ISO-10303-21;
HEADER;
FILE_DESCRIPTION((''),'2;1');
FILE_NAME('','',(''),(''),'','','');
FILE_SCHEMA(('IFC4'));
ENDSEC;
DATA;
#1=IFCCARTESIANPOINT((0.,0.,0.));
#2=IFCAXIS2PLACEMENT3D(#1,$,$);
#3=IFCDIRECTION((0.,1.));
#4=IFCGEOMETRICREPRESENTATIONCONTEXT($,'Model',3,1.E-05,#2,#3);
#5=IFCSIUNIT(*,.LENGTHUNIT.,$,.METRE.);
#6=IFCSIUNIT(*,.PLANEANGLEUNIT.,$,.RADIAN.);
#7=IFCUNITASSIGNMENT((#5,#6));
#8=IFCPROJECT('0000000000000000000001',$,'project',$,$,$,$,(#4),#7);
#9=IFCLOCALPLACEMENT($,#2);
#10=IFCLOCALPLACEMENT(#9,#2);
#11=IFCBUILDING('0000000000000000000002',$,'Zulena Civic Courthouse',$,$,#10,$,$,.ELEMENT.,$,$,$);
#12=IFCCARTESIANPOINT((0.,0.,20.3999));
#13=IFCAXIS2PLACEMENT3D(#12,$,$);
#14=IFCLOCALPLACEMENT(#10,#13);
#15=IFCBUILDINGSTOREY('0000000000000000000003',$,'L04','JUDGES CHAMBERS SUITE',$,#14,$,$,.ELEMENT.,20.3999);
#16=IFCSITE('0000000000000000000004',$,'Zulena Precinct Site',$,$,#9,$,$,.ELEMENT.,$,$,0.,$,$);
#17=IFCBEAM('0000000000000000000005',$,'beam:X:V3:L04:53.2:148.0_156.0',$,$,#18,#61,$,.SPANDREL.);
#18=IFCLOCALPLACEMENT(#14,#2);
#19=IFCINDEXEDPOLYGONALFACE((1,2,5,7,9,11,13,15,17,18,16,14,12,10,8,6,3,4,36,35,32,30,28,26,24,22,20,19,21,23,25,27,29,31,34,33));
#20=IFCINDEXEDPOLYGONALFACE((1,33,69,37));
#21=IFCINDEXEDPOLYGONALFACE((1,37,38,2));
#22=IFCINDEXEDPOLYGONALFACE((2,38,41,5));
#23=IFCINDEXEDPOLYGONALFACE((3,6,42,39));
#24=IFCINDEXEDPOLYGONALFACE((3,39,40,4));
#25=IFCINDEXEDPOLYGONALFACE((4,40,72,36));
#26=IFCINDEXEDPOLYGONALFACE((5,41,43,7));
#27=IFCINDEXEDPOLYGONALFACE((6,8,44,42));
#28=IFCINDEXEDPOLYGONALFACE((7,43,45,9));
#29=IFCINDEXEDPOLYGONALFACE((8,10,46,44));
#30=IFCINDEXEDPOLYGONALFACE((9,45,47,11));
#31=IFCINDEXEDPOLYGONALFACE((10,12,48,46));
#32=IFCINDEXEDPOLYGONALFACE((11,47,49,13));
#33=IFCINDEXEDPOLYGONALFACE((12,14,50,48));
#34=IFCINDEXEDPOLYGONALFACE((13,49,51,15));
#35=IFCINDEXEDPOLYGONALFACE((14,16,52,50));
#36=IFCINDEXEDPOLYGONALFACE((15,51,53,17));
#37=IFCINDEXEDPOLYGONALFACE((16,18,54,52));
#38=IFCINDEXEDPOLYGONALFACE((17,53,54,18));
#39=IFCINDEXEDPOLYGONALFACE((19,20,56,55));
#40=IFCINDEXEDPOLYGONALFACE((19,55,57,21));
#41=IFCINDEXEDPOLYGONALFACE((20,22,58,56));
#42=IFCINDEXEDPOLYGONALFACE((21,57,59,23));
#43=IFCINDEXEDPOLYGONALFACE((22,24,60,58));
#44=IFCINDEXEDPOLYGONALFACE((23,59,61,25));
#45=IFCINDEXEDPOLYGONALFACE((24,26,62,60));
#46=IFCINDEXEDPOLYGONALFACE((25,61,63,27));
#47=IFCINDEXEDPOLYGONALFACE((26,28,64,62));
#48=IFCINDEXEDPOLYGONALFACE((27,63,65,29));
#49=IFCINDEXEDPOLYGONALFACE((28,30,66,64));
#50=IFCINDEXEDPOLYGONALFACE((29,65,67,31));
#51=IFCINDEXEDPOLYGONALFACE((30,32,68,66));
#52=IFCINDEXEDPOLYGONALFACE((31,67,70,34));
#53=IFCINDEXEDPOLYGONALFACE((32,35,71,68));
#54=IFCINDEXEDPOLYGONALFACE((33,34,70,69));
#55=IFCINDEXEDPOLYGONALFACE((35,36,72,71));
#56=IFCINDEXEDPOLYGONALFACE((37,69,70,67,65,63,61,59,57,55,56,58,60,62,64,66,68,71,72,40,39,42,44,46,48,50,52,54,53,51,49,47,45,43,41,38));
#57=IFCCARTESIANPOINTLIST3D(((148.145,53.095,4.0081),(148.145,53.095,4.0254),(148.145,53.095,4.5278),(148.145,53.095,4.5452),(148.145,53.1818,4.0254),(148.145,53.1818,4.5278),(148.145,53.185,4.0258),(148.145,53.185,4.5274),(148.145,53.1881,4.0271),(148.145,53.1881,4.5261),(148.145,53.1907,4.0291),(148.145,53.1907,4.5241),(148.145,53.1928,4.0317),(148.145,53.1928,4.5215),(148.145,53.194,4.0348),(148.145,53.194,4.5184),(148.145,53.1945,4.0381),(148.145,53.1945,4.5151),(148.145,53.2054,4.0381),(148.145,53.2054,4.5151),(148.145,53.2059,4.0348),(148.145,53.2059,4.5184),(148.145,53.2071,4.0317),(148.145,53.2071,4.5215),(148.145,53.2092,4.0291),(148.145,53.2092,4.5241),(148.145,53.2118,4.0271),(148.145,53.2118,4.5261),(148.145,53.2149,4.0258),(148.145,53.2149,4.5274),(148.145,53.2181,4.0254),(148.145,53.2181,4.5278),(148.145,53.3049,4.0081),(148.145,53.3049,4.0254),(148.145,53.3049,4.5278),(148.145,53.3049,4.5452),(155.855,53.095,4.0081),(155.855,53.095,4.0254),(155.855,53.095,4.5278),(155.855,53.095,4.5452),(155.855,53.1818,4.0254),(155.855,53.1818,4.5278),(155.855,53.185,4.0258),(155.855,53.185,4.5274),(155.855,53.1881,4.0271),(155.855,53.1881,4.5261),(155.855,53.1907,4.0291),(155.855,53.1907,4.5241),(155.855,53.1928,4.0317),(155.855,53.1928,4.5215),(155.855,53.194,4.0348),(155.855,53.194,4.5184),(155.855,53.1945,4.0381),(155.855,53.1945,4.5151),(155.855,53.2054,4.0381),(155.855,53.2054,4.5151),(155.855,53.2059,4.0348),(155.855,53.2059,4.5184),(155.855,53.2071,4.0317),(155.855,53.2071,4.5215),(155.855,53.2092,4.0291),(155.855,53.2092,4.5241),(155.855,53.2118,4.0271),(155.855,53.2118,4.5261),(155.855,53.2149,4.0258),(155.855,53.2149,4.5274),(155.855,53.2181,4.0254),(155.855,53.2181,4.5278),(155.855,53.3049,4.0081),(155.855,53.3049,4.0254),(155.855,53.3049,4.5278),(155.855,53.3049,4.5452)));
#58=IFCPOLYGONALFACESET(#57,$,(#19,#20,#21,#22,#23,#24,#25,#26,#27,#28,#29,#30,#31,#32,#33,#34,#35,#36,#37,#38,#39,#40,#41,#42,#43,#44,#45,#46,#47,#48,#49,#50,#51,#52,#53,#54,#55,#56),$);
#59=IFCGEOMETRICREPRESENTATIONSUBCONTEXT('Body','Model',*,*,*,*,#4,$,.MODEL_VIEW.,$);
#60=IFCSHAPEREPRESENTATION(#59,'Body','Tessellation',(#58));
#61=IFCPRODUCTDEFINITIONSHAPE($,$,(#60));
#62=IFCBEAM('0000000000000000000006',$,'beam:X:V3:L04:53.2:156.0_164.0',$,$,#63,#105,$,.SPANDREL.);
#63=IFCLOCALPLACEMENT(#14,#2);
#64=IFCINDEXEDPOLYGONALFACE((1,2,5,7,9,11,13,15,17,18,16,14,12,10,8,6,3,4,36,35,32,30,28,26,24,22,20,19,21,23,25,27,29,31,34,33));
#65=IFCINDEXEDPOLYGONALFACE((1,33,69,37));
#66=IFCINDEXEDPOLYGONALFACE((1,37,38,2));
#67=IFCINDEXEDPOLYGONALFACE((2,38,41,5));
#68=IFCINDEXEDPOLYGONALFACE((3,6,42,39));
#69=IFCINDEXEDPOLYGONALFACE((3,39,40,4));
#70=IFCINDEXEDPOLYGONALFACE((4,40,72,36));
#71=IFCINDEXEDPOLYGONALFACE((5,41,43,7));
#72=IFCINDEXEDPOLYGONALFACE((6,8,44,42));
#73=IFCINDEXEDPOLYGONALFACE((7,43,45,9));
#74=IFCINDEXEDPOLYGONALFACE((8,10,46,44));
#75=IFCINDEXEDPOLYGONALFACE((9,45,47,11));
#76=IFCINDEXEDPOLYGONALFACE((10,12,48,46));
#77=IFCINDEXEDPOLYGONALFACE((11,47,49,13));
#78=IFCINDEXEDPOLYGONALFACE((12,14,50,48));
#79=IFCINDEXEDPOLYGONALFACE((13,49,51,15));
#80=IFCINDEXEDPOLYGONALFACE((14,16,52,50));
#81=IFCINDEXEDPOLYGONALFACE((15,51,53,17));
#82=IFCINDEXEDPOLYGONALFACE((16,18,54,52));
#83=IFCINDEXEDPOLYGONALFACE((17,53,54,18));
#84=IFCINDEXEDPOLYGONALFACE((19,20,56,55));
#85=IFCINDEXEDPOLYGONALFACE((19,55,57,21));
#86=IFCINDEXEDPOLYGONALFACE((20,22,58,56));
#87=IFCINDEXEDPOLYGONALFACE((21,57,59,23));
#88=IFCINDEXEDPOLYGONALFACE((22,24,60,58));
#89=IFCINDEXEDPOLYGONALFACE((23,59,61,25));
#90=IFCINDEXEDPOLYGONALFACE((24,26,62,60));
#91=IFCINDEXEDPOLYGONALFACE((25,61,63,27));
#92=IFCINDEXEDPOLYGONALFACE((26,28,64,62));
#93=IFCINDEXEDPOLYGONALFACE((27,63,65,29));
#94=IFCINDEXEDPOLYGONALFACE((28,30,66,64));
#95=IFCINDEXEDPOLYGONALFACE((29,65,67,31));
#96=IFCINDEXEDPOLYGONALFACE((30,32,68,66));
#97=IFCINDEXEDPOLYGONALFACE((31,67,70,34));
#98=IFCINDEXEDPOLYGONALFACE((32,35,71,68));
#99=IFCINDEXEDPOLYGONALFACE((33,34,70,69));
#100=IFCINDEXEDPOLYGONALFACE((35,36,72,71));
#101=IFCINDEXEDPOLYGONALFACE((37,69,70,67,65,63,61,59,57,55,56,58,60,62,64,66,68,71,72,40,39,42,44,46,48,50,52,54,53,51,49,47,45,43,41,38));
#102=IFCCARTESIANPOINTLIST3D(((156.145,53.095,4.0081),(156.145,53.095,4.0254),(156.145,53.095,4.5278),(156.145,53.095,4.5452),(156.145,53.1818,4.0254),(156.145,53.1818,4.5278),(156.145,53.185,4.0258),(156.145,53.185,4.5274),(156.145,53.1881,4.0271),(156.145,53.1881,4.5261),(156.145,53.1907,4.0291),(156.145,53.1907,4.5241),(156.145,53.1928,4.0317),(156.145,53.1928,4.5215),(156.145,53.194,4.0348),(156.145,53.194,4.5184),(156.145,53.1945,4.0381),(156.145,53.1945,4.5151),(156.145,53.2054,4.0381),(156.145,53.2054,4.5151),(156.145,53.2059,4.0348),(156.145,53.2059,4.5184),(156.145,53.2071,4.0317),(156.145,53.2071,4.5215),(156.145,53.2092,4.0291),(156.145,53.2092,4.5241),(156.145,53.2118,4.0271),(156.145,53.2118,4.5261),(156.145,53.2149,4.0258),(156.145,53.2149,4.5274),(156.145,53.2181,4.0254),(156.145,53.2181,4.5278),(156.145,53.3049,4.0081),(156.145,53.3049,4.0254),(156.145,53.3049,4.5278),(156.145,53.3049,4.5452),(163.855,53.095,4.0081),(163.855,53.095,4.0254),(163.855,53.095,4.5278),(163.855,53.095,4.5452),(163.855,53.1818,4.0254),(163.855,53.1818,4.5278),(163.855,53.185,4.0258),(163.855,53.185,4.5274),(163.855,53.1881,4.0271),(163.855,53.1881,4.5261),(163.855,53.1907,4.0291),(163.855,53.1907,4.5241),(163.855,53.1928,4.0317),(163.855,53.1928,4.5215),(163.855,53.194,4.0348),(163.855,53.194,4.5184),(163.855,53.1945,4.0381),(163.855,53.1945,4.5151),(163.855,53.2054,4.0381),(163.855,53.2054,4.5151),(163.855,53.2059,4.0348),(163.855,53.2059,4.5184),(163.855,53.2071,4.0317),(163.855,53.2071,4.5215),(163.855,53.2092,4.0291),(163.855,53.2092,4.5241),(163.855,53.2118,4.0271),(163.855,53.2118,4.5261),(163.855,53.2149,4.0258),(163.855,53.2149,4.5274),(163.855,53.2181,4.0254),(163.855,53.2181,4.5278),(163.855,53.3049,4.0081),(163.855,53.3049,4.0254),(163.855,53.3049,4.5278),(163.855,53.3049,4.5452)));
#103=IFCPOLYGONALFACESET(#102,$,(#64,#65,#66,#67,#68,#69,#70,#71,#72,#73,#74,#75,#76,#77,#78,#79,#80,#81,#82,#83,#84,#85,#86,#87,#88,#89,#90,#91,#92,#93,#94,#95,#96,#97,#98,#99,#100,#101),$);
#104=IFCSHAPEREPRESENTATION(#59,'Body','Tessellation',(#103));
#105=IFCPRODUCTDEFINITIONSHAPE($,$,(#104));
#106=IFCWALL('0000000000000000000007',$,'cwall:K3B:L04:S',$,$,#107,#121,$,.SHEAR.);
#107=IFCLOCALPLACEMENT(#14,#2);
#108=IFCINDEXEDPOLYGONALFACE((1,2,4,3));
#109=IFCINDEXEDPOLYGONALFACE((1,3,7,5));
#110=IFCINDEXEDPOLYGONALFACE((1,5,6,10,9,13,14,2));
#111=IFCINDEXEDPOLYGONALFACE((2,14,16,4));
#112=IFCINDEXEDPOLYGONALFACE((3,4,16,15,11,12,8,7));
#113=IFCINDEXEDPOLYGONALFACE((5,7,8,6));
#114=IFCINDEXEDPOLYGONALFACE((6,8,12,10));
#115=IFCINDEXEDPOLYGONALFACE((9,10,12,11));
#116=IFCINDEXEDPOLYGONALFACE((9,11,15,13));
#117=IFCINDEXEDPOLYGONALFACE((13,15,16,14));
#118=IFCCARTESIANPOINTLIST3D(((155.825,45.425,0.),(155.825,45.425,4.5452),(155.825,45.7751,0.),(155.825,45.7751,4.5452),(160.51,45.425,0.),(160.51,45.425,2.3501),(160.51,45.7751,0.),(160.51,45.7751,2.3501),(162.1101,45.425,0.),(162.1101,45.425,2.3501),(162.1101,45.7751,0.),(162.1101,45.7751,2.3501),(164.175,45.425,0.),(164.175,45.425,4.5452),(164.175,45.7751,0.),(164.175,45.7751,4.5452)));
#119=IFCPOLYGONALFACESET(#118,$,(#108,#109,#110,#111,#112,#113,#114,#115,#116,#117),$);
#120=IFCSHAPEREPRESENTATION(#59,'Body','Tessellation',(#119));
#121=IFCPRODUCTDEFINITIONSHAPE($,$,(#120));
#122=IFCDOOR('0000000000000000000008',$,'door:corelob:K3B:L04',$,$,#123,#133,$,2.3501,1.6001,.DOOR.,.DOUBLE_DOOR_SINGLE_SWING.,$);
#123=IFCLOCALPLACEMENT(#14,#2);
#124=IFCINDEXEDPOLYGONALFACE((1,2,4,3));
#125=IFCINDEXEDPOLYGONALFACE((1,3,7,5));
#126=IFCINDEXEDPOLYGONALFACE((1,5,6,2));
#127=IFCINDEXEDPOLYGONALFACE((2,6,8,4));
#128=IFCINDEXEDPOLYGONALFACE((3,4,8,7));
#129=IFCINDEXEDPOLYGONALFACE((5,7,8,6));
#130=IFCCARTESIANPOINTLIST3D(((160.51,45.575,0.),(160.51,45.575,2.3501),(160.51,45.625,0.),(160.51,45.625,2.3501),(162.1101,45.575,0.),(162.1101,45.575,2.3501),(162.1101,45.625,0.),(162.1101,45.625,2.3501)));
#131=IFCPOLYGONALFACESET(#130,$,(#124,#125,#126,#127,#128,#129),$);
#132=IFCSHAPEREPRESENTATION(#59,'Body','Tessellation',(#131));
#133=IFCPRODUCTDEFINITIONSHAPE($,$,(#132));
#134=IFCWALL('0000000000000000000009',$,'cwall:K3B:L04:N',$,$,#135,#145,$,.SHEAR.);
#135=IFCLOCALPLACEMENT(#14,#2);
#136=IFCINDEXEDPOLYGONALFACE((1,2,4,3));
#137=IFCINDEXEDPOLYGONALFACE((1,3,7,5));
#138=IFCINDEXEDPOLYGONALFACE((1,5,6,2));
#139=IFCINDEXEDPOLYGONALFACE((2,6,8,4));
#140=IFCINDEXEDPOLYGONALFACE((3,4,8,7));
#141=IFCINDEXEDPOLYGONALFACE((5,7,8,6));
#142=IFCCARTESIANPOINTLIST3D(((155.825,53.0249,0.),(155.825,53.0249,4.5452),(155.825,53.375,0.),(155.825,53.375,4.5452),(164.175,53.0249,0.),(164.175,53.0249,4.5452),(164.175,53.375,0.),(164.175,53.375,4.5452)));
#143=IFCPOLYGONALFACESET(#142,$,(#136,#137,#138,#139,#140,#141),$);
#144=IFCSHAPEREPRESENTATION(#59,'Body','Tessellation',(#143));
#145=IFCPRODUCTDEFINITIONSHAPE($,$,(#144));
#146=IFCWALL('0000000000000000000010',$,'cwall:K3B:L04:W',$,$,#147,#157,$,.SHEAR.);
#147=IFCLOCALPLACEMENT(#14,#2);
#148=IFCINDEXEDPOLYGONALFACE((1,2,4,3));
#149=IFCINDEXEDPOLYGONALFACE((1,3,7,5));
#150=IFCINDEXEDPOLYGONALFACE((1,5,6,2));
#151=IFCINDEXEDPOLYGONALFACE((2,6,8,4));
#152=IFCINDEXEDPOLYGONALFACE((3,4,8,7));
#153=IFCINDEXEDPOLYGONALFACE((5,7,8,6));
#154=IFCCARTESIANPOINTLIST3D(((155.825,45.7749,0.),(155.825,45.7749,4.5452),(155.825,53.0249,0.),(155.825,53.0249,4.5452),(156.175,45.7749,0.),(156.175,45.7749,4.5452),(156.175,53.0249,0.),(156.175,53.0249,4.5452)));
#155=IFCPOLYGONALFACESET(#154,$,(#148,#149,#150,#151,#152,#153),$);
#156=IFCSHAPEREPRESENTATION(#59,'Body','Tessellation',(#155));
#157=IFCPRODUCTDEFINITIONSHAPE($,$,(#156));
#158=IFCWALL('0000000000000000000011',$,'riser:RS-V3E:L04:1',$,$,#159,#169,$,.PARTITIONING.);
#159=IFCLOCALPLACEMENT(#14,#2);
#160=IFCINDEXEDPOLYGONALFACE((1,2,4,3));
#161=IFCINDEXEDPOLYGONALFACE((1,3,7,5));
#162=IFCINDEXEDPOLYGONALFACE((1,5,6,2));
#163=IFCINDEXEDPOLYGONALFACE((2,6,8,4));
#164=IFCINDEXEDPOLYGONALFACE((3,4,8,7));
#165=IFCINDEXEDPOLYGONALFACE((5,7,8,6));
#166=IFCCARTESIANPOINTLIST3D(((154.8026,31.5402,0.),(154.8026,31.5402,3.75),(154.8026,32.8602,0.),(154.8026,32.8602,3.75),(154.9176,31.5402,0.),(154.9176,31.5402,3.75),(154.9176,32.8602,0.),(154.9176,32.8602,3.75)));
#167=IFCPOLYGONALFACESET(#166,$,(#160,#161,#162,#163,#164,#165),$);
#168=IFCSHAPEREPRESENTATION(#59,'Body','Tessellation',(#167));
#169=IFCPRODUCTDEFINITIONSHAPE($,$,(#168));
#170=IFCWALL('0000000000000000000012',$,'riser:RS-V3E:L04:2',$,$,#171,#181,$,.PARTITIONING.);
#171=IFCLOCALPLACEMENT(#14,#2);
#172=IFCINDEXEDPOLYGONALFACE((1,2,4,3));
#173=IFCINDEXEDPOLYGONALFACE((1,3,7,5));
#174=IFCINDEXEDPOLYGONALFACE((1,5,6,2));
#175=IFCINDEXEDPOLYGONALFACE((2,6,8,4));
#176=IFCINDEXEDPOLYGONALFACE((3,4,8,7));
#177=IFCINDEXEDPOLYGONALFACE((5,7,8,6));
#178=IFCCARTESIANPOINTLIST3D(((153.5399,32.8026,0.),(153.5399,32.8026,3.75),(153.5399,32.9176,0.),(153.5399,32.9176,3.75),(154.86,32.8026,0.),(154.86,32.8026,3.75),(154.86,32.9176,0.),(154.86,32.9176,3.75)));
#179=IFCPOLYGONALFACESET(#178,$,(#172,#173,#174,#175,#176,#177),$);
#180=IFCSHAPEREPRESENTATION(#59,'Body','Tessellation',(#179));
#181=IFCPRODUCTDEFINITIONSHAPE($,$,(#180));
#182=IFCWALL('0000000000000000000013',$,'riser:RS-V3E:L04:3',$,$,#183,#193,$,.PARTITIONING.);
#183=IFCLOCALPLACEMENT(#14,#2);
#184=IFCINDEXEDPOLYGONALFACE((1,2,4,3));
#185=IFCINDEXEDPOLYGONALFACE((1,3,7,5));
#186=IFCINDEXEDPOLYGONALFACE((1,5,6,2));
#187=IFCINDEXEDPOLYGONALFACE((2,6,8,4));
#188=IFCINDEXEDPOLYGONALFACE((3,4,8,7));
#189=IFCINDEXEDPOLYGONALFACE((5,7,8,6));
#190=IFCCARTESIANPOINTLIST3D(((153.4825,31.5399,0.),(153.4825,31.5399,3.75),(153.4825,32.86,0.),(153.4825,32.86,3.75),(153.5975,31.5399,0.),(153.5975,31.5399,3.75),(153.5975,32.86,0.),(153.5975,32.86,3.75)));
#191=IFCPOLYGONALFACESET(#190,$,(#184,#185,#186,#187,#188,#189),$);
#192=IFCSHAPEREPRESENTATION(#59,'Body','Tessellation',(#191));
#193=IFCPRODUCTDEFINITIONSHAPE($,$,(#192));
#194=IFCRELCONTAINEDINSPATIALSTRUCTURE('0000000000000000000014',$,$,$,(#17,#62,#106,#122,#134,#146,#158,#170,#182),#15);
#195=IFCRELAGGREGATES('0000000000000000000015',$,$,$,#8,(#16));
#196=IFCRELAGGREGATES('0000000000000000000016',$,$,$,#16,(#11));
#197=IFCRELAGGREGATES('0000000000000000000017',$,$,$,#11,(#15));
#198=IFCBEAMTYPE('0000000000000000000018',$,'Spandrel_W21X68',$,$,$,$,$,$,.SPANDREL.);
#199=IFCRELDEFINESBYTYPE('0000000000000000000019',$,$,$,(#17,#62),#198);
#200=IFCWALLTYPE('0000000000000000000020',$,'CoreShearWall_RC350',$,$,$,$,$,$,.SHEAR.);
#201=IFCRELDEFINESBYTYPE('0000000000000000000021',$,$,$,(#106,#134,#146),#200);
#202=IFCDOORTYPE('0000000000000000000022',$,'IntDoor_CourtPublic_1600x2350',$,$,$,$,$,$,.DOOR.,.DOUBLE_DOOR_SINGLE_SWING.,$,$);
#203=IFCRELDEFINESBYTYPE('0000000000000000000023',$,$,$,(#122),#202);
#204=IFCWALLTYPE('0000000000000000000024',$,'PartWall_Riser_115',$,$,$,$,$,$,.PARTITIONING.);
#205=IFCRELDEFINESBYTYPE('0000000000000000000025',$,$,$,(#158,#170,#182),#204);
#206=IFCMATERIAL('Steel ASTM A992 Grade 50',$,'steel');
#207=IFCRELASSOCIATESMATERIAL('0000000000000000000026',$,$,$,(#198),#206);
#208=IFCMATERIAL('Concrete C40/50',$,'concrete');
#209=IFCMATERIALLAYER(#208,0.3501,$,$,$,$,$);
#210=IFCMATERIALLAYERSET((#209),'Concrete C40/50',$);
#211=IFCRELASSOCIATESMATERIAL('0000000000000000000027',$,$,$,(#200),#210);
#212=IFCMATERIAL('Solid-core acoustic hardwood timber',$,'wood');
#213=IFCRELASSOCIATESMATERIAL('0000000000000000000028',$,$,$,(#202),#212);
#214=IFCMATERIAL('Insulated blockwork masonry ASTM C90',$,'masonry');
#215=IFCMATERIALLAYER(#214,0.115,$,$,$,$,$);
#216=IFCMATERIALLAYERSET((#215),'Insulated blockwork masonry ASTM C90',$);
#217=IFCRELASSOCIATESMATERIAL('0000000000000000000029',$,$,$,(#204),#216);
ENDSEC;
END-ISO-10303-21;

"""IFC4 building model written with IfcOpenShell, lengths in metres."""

from ifc_helpers import new_model, si_unit, direction, frame, frame_2d, origin, origin_2d, place, context, subcontext, project, spatial, rectangle, i_section, extrude, material, layer, layer_set, material_profile, profile_set, type_object, element, fill, save


model = new_model("IFC4")

# Units and contexts
model_context = context("Model", 3, precision=1e-05, world=origin(), true_north=direction((0.0, 1.0)))
body_context = subcontext(model_context, "Body", "Model", "MODEL_VIEW")
ifc_project = project(units=[si_unit("LENGTHUNIT", "METRE"), si_unit("PLANEANGLEUNIT", "RADIAN")], contexts=[model_context])

# Site, building, storey
site_placement = place(None, origin())
site = spatial("IfcSite", under=ifc_project, at=site_placement, Name="Zulena Precinct Site", CompositionType="ELEMENT", RefElevation=0.0)
building_placement = place(site_placement, origin())
building = spatial("IfcBuilding", under=site, at=building_placement, Name="Zulena Civic Courthouse", CompositionType="ELEMENT")
storey_placement = place(building_placement, frame((0.0, 0.0, 20.3999)))
storey = spatial("IfcBuildingStorey", under=building, at=storey_placement, Name="L04", Description="JUDGES CHAMBERS SUITE", CompositionType="ELEMENT", Elevation=20.3999)

# Shared definitions
ifc_material_1 = material(Name="Steel ASTM A992 Grade 50", Category="steel")

# Beams
ifc_material_profile_1 = material_profile(ifc_material_1, i_section(OverallWidth=0.21, OverallDepth=0.5371, WebThickness=0.011, FlangeThickness=0.0173, FilletRadius=0.0127, at=origin_2d()), Name="W21X68")
ifc_profile_set_1 = profile_set([ifc_material_profile_1], Name="Steel ASTM A992 Grade 50")
beam_type_1 = type_object("IfcBeamType", Name="Spandrel_W21X68", PredefinedType="SPANDREL", material=ifc_profile_set_1)
for number, where, z_axis, x_axis, name in (
    (1, (148.145, 53.2, 4.2766), (1.0, 0.0, 0.0), (0.0, 1.0, 0.0), "beam:X:V3:L04:53.2:148.0_156.0"),
    (2, (156.145, 53.2, 4.2766), (1.0, 0.0, 0.0), (0.0, 1.0, 0.0), "beam:X:V3:L04:53.2:156.0_164.0"),
):
    element("IfcBeam", number, at=place(storey_placement, frame(where, z_axis=z_axis, x_axis=x_axis)), inside=storey, type_object=beam_type_1, Name=name, PredefinedType="SPANDREL", context=body_context, shape_type="SweptSolid", body=[
        extrude(i_section(OverallWidth=0.21, OverallDepth=0.5371, WebThickness=0.011, FlangeThickness=0.0173, FilletRadius=0.0127, at=origin_2d()), origin(), (0.0, 0.0, 1.0), 7.71),
    ])

# Wall, opening, door
ifc_material_2 = material(Name="Concrete C40/50", Category="concrete")
ifc_layer_1 = layer(ifc_material_2, 0.3501)
ifc_layer_set_1 = layer_set([ifc_layer_1], Name="Concrete C40/50")
wall_type_1 = type_object("IfcWallType", Name="CoreShearWall_RC350", PredefinedType="SHEAR", material=ifc_layer_set_1)
wall_1_placement = place(storey_placement, frame((155.825, 45.6001, 0.0), z_axis=(0.0, 0.0, 1.0), x_axis=(1.0, 0.0, 0.0)))
wall_1 = element("IfcWall", 3, at=wall_1_placement, inside=storey, type_object=wall_type_1, Name="cwall:K3B:L04:S", PredefinedType="SHEAR", context=body_context, shape_type="SweptSolid", body=[
    extrude(rectangle(XDim=8.3501, YDim=0.3501, at=frame_2d((4.175, 0.0))), origin(), (0.0, 0.0, 1.0), 4.5452),
])
opening_placement = place(wall_1_placement, frame((4.6851, 0.0, 0.0)))
opening = element("IfcOpeningElement", 4, at=opening_placement, cuts=wall_1, PredefinedType="OPENING", context=body_context, shape_type="SweptSolid", body=[
    extrude(rectangle(XDim=1.6001, YDim=2.3501, at=frame_2d((0.8, 1.175))), frame((0.0, 0.1851, 0.0), z_axis=(0.0, -1.0, 0.0), x_axis=(1.0, 0.0, 0.0)), (0.0, 0.0, 1.0), 0.3701),
])
ifc_material_3 = material(Name="Solid-core acoustic hardwood timber", Category="wood")
door_type = type_object("IfcDoorType", Name="IntDoor_CourtPublic_1600x2350", OperationType="DOUBLE_DOOR_SINGLE_SWING", PredefinedType="DOOR", material=ifc_material_3)
door_placement = place(opening_placement, origin())
door = element("IfcDoor", 5, at=door_placement, inside=storey, type_object=door_type, Name="door:corelob:K3B:L04", OperationType="DOUBLE_DOOR_SINGLE_SWING", OverallHeight=2.3501, OverallWidth=1.6001, PredefinedType="DOOR", context=body_context, shape_type="SweptSolid", body=[
    extrude(rectangle(XDim=1.6001, YDim=2.3501, at=frame_2d((0.8, 1.175))), frame((0.0, 0.0249, 0.0), z_axis=(0.0, -1.0, 0.0), x_axis=(1.0, 0.0, 0.0)), (0.0, 0.0, 1.0), 0.05),
])
fill(opening, door)

# Walls
wall_2_placement = place(storey_placement, frame((155.825, 53.2, 0.0), z_axis=(0.0, 0.0, 1.0), x_axis=(1.0, 0.0, 0.0)))
element("IfcWall", 6, at=wall_2_placement, inside=storey, type_object=wall_type_1, Name="cwall:K3B:L04:N", PredefinedType="SHEAR", context=body_context, shape_type="SweptSolid", body=[
    extrude(rectangle(XDim=8.3501, YDim=0.3501, at=frame_2d((4.175, 0.0))), origin(), (0.0, 0.0, 1.0), 4.5452),
])
wall_3_placement = place(storey_placement, frame((156.0, 45.7749, 0.0), z_axis=(0.0, 0.0, 1.0), x_axis=(0.0, 1.0, 0.0)))
element("IfcWall", 7, at=wall_3_placement, inside=storey, type_object=wall_type_1, Name="cwall:K3B:L04:W", PredefinedType="SHEAR", context=body_context, shape_type="SweptSolid", body=[
    extrude(rectangle(XDim=7.25, YDim=0.3501, at=frame_2d((3.625, 0.0))), origin(), (0.0, 0.0, 1.0), 4.5452),
])
ifc_material_4 = material(Name="Insulated blockwork masonry ASTM C90", Category="masonry")
ifc_layer_2 = layer(ifc_material_4, 0.115)
ifc_layer_set_2 = layer_set([ifc_layer_2], Name="Insulated blockwork masonry ASTM C90")
wall_type_2 = type_object("IfcWallType", Name="PartWall_Riser_115", PredefinedType="PARTITIONING", material=ifc_layer_set_2)
for number, where, z_axis, x_axis, name in (
    (8, (154.8601, 31.54, 0.0), (0.0, 0.0, 1.0), (0.0, 1.0, 0.0), "riser:RS-V3E:L04:1"),
    (9, (154.8601, 32.8601, 0.0), (0.0, 0.0, 1.0), (-1.0, 0.0, 0.0), "riser:RS-V3E:L04:2"),
    (10, (153.54, 32.8601, 0.0), (0.0, 0.0, 1.0), (0.0, -1.0, 0.0), "riser:RS-V3E:L04:3"),
):
    element("IfcWall", number, at=place(storey_placement, frame(where, z_axis=z_axis, x_axis=x_axis)), inside=storey, type_object=wall_type_2, Name=name, PredefinedType="PARTITIONING", context=body_context, shape_type="SweptSolid", body=[
        extrude(rectangle(XDim=1.3201, YDim=0.115, at=frame_2d((0.6602, 0.0))), origin(), (0.0, 0.0, 1.0), 3.75),
    ])

save(model, "model.ifc")
